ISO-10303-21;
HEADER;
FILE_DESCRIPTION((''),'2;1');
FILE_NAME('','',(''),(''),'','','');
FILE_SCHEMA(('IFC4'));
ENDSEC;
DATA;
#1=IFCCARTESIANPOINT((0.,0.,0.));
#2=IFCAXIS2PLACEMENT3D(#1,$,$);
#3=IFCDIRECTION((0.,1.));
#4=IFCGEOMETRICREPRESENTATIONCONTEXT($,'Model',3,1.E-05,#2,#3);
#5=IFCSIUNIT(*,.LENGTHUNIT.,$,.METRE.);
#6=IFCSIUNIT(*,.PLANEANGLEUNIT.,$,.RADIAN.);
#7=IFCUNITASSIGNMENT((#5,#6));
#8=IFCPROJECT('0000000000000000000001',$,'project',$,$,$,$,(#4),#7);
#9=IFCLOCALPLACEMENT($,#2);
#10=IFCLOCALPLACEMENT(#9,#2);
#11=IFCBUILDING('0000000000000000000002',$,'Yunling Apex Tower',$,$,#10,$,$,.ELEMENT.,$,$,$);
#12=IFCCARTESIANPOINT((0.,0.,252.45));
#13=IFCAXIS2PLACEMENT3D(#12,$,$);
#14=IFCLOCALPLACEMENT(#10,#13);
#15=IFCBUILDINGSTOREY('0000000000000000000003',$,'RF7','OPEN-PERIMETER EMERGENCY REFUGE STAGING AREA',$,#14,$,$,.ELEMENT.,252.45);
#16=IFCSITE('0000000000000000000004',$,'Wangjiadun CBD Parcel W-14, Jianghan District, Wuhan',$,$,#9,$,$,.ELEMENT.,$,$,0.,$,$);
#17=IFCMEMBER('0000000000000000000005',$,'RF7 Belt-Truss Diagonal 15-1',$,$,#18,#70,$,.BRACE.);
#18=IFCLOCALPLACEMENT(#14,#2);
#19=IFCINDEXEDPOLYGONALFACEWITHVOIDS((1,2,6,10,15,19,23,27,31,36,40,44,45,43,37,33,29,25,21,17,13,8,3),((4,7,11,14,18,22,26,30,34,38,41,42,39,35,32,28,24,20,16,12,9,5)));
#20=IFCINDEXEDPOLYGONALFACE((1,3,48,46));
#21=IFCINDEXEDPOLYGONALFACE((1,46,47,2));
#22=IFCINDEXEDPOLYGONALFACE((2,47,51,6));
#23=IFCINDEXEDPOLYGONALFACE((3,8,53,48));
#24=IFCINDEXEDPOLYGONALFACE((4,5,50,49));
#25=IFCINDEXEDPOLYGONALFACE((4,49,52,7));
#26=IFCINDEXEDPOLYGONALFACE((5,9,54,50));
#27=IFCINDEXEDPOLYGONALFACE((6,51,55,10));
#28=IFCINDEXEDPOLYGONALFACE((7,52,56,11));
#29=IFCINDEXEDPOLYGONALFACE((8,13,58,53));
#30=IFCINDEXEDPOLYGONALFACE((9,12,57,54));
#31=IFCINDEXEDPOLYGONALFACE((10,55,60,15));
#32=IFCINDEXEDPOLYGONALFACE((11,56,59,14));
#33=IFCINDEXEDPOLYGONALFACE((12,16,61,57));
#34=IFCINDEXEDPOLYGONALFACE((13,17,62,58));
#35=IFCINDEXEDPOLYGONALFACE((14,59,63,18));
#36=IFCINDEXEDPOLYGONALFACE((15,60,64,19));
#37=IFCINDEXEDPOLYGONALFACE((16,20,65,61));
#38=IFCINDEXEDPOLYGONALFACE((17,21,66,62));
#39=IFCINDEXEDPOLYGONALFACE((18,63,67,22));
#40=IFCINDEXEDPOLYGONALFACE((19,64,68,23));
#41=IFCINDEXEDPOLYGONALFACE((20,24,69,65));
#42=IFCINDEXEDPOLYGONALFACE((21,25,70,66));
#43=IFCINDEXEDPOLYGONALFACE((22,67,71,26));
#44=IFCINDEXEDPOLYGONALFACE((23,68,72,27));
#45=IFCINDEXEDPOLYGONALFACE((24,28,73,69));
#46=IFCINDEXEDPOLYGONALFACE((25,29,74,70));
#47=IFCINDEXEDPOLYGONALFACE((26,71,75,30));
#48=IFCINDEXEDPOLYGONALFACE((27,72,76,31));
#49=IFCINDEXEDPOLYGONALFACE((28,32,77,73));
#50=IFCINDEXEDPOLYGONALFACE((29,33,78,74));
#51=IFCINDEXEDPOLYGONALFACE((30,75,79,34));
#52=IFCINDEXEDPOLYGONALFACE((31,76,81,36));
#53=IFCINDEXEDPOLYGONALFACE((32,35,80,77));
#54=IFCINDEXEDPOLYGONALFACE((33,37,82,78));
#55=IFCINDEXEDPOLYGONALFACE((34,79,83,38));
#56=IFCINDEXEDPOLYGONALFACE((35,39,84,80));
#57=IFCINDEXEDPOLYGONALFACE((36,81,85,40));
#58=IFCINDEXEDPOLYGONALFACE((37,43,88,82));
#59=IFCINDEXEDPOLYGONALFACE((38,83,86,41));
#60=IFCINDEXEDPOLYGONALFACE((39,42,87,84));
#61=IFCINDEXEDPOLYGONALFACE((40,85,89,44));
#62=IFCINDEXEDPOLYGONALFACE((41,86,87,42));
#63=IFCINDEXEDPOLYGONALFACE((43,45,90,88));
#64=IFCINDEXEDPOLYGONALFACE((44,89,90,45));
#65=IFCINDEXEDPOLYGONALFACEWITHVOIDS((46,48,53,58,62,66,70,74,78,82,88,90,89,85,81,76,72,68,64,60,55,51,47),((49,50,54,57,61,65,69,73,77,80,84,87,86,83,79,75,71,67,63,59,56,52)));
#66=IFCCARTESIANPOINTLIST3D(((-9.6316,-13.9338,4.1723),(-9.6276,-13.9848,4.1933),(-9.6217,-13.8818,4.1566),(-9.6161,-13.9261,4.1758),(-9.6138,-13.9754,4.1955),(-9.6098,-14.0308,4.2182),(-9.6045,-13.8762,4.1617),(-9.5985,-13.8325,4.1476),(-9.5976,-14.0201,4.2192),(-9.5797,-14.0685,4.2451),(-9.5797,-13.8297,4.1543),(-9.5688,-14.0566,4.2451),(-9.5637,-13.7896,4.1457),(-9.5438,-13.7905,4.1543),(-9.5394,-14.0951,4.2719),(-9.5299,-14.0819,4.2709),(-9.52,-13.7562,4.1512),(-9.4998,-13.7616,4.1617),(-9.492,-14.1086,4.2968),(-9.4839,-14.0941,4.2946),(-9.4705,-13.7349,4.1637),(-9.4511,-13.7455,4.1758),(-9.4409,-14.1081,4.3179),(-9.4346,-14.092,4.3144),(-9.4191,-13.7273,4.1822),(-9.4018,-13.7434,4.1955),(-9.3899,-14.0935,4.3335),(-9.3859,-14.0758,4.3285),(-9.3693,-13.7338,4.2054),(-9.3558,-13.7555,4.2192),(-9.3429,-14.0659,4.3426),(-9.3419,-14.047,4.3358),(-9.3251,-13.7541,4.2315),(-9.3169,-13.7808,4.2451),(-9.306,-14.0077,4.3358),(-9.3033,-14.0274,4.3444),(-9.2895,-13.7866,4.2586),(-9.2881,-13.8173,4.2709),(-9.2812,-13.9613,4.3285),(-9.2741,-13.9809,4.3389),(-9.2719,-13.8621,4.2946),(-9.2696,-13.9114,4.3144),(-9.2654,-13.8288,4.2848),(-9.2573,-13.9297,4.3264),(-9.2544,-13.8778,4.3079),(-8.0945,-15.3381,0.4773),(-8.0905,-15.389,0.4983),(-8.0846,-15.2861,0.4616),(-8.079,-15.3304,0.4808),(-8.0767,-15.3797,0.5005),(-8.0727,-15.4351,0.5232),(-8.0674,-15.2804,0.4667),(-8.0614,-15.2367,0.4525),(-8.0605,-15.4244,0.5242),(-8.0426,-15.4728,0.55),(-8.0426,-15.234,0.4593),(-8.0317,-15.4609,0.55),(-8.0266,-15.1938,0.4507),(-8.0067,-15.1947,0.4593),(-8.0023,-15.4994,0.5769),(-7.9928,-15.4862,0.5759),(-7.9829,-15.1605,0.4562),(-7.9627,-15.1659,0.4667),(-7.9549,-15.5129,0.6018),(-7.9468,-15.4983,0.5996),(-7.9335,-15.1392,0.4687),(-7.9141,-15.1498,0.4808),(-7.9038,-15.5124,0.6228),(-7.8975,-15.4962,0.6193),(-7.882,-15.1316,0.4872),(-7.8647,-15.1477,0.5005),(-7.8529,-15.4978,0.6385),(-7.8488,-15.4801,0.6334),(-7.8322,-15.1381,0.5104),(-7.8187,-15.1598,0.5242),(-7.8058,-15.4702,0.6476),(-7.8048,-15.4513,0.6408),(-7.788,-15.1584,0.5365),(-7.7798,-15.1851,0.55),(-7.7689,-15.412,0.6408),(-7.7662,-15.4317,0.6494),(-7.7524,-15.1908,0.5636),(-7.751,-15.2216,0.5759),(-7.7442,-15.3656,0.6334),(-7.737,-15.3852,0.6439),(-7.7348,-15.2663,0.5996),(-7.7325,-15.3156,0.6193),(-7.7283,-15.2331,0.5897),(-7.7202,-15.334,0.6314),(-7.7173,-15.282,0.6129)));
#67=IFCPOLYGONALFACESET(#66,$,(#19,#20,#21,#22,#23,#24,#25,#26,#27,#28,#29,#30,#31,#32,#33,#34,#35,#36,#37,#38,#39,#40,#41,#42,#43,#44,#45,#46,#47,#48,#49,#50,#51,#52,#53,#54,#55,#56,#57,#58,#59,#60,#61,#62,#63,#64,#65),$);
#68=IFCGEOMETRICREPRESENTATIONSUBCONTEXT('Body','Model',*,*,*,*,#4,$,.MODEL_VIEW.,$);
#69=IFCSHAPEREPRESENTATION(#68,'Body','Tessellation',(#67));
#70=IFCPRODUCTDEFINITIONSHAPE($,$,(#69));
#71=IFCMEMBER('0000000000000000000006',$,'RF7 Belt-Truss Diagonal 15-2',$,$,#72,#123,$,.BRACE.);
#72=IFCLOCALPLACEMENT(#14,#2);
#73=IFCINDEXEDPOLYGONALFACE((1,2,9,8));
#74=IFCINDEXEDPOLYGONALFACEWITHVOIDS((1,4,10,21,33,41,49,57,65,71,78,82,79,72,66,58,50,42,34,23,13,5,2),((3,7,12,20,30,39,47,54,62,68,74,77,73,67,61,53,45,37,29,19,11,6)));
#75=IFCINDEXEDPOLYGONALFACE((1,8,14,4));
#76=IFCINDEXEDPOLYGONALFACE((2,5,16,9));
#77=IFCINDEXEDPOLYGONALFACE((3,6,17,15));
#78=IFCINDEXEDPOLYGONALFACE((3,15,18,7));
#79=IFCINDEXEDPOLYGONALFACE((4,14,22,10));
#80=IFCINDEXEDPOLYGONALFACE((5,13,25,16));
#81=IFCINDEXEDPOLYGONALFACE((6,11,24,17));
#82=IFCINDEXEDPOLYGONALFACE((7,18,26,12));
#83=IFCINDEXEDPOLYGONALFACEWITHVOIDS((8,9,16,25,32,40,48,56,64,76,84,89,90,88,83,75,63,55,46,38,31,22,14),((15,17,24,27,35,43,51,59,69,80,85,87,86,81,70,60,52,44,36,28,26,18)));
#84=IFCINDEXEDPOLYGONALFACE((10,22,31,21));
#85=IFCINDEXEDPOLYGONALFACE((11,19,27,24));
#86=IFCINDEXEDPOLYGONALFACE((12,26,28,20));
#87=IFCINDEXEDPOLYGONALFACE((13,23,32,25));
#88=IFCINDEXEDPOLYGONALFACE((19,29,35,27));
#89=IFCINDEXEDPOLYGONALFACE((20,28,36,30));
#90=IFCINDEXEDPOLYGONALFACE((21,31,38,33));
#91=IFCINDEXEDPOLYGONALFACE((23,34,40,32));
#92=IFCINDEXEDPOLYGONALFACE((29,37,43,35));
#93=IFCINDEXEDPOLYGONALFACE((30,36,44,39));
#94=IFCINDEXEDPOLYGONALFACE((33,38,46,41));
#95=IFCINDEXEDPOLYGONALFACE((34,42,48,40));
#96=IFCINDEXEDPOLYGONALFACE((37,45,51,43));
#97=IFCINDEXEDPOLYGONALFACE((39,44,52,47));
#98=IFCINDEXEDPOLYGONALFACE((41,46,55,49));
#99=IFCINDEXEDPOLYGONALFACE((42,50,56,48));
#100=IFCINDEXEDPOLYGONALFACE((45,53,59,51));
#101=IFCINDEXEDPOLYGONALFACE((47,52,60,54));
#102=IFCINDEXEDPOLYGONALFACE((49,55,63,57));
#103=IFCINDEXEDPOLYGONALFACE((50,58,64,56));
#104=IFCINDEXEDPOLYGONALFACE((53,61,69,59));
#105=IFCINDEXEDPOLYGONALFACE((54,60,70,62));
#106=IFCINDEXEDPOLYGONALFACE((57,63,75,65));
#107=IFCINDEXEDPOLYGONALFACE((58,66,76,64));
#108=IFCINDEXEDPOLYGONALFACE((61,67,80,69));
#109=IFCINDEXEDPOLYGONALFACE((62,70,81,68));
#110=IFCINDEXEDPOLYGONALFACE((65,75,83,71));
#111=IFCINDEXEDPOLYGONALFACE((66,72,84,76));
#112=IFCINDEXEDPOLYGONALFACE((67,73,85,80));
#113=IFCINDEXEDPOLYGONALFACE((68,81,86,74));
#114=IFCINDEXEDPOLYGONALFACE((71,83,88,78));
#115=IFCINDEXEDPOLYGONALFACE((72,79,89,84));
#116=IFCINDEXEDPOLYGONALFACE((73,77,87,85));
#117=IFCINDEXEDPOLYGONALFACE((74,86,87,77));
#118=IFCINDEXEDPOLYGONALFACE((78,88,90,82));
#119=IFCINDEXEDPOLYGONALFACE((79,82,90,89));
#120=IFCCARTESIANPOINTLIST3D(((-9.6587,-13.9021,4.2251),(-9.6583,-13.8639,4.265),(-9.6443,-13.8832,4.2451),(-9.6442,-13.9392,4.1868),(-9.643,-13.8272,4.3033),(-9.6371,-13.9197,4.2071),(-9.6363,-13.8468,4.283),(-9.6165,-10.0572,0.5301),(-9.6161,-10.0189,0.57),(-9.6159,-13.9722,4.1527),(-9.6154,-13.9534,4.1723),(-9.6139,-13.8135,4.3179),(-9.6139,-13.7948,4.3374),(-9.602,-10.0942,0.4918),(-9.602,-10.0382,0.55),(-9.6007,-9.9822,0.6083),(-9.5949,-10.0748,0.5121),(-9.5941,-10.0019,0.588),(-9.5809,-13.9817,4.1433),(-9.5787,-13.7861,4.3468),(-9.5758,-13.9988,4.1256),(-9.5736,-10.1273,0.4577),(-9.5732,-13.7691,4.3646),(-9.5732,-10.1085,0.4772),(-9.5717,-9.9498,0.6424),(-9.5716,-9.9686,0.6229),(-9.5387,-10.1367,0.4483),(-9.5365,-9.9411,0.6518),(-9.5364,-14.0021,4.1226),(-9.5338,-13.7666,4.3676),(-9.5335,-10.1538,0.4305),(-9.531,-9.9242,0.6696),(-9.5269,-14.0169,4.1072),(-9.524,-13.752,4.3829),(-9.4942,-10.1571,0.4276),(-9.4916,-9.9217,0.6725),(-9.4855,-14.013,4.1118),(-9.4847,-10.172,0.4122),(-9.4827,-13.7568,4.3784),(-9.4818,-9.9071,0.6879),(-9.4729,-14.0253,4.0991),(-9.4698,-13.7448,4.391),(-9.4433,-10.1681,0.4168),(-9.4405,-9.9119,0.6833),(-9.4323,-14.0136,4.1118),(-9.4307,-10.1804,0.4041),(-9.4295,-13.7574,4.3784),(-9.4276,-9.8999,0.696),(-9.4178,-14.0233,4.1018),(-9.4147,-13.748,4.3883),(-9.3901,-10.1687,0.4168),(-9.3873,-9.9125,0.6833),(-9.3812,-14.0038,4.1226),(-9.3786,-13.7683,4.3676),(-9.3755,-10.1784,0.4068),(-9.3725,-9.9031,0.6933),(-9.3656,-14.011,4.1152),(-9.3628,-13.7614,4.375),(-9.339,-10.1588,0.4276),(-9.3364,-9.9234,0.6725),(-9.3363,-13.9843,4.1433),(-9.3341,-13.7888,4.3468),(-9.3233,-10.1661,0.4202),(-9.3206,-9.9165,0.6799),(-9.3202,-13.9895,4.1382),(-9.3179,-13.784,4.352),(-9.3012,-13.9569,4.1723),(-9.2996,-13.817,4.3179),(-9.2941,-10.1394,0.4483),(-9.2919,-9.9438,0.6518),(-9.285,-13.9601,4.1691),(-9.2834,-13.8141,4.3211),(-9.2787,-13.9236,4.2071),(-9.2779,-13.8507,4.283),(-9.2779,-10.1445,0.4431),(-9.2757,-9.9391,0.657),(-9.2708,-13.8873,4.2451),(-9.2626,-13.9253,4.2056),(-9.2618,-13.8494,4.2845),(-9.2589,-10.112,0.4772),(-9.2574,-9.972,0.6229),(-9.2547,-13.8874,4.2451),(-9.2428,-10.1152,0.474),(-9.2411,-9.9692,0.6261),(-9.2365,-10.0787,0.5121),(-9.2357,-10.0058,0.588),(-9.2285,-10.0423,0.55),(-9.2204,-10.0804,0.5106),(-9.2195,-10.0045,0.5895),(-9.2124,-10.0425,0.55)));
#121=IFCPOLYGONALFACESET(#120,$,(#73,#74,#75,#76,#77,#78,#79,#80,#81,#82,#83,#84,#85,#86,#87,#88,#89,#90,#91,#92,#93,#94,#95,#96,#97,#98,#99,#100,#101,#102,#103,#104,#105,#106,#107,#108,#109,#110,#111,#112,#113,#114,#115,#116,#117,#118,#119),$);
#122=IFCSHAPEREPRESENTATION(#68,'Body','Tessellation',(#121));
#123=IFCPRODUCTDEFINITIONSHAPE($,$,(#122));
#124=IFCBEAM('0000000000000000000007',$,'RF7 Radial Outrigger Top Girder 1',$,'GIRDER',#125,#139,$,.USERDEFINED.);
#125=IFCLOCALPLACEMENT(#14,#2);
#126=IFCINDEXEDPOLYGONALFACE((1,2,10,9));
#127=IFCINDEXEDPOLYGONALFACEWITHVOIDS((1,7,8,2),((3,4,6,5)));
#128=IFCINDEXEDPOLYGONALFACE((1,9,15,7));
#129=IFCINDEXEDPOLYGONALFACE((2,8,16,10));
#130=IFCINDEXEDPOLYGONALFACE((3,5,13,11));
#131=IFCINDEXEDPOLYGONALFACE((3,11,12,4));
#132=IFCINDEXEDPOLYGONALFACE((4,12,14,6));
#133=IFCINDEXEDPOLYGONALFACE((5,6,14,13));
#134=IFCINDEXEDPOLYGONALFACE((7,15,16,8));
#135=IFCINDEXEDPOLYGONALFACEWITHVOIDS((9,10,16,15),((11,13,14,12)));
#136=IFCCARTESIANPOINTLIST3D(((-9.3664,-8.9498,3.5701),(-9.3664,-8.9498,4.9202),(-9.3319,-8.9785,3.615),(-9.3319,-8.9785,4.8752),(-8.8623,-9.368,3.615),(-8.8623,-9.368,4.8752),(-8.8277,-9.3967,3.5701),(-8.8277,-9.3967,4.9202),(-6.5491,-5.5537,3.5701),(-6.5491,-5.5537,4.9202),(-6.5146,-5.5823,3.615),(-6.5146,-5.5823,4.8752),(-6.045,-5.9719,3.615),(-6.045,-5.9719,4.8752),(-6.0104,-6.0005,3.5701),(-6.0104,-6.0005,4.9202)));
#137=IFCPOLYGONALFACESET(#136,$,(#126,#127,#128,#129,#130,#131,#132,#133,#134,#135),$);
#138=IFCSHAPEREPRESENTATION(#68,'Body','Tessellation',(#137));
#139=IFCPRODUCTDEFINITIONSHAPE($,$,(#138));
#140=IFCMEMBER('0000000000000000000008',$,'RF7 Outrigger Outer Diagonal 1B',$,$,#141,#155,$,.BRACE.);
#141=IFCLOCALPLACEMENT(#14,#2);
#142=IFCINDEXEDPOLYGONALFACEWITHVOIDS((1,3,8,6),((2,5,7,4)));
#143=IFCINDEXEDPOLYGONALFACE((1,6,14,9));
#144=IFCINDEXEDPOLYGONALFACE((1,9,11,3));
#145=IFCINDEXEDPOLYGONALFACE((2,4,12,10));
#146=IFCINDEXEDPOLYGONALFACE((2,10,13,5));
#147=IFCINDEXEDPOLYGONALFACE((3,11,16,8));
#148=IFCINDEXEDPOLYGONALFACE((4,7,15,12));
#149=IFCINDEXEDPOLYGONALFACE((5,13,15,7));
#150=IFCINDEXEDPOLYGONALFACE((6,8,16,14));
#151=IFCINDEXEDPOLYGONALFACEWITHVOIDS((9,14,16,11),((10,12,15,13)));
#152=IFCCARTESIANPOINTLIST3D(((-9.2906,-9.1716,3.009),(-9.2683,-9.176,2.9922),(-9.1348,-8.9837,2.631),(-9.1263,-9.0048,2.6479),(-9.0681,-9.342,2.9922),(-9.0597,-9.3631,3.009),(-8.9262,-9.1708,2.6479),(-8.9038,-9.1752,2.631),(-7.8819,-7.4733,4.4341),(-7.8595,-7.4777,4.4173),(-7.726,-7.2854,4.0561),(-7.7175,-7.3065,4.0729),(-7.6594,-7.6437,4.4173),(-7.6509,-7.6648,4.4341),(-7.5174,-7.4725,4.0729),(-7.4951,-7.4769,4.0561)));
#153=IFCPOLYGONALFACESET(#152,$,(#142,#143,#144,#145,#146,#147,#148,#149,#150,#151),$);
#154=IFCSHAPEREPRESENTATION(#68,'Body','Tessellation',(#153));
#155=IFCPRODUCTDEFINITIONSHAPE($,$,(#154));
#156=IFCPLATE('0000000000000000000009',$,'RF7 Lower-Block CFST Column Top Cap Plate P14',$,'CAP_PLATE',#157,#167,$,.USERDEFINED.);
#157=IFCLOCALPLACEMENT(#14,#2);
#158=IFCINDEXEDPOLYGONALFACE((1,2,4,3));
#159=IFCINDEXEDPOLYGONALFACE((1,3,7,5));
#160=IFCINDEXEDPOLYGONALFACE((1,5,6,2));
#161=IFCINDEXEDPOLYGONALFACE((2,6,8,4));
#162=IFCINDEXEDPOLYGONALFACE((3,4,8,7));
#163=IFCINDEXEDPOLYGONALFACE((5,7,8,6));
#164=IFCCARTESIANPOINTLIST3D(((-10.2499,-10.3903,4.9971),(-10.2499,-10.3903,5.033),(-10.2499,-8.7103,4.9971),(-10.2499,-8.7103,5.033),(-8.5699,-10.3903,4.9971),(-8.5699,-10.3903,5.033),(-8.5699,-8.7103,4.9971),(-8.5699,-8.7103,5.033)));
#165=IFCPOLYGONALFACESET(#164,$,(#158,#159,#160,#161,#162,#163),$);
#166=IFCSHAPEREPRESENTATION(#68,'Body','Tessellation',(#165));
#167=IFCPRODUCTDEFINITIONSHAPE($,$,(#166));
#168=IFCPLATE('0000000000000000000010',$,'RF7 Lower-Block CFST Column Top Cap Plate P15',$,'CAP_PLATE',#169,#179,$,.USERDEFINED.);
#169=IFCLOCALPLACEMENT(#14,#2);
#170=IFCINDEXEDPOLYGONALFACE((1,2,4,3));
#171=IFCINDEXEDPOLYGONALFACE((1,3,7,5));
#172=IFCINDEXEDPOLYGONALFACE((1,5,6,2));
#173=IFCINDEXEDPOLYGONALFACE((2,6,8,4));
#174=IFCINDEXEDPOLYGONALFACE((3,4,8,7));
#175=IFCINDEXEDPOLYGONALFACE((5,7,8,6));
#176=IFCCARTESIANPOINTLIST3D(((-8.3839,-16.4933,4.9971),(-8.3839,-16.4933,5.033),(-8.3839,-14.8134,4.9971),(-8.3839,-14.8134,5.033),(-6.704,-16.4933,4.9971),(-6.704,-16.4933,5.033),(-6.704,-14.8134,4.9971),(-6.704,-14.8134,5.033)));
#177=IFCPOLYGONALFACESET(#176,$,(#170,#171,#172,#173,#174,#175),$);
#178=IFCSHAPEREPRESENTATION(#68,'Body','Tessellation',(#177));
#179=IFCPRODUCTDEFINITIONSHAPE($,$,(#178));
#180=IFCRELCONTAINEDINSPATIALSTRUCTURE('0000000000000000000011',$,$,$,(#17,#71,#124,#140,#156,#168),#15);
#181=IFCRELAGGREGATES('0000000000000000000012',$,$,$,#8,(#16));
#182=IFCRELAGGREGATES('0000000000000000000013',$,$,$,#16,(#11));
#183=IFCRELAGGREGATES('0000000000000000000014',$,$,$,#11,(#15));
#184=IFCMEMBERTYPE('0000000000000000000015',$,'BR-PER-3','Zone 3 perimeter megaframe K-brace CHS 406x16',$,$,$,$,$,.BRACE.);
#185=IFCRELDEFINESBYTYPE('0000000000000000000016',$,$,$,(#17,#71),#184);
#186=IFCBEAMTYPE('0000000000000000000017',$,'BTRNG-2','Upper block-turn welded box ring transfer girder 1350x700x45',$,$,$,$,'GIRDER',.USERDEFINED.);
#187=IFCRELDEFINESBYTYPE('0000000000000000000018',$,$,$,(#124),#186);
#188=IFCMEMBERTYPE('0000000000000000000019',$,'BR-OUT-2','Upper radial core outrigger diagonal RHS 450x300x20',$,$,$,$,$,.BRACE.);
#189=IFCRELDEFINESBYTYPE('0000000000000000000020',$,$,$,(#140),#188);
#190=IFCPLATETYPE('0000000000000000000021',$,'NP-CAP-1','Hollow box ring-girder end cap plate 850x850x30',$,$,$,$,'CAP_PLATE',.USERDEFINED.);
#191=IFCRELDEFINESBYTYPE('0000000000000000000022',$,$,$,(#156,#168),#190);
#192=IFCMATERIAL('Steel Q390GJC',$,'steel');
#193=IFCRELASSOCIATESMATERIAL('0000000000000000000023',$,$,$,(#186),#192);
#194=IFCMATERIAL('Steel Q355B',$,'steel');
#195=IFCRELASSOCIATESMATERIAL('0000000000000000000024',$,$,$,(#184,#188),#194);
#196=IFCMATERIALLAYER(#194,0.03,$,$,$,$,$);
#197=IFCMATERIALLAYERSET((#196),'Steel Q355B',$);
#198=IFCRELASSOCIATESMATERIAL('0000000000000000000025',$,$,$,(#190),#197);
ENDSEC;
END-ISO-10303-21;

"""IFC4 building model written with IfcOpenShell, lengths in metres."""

from ifc_helpers import new_model, si_unit, direction, frame, origin, origin_2d, place, context, subcontext, project, spatial, rectangle, hollow_rectangle, hollow_circle, extrude, source, transform, mapped, material, layer, layer_set, material_profile, profile_set, type_object, element, save


model = new_model("IFC4")

# Units and contexts
model_context = context("Model", 3, precision=1e-05, world=origin(), true_north=direction((0.0, 1.0)))
body_context = subcontext(model_context, "Body", "Model", "MODEL_VIEW")
ifc_project = project(units=[si_unit("LENGTHUNIT", "METRE"), si_unit("PLANEANGLEUNIT", "RADIAN")], contexts=[model_context])

# Site, building, storey
site_placement = place(None, origin())
site = spatial("IfcSite", under=ifc_project, at=site_placement, Name="Wangjiadun CBD Parcel W-14, Jianghan District, Wuhan", CompositionType="ELEMENT", RefElevation=0.0)
building_placement = place(site_placement, origin())
building = spatial("IfcBuilding", under=site, at=building_placement, Name="Yunling Apex Tower", CompositionType="ELEMENT")
storey_placement = place(building_placement, frame((0.0, 0.0, 252.45)))
storey = spatial("IfcBuildingStorey", under=building, at=storey_placement, Name="RF7", Description="OPEN-PERIMETER EMERGENCY REFUGE STAGING AREA", CompositionType="ELEMENT", Elevation=252.45)

# Shared definitions
ifc_material_1 = material(Name="Steel Q390GJC", Category="steel")

# Shared definitions
ifc_material_profile_1 = material_profile(ifc_material_1, hollow_rectangle(XDim=0.7, YDim=1.3501, WallThickness=0.0449, at=origin_2d()))
ifc_profile_set_1 = profile_set([ifc_material_profile_1], Name="Steel Q390GJC")
beam_type = type_object("IfcBeamType", Name="BTRNG-2", Description="Upper block-turn welded box ring transfer girder 1350x700x45", ElementType="GIRDER", PredefinedType="USERDEFINED", material=ifc_profile_set_1)

# Shared definitions
ifc_material_2 = material(Name="Steel Q355B", Category="steel")

# Members
ifc_material_profile_2 = material_profile(ifc_material_2, hollow_circle(Radius=0.2029, WallThickness=0.0161, at=origin_2d()))
ifc_profile_set_2 = profile_set([ifc_material_profile_2], Name="Steel Q355B")
member_type_1 = type_object("IfcMemberType", Name="BR-PER-3", Description="Zone 3 perimeter megaframe K-brace CHS 406x16", PredefinedType="BRACE", material=ifc_profile_set_2)
shared_shape_1 = source(origin(), body_context, "Body", "SweptSolid", [
    extrude(hollow_circle(Radius=0.2029, WallThickness=0.0161, at=origin_2d()), origin(), (0.0, 0.0, 1.0), 4.2412),
])
member_1_placement = place(storey_placement, frame((-7.9058, -15.323, 0.55), z_axis=(-0.362418, 0.331104, 0.87122), x_axis=(-0.674492, -0.738282, 0.0)))
element("IfcMember", 1, at=member_1_placement, inside=storey, type_object=member_type_1, Name="RF7 Belt-Truss Diagonal 15-1", PredefinedType="BRACE", context=body_context, shape_type="MappedRepresentation", body=[
    mapped(shared_shape_1, transform((0.0, 0.0, 0.0), scale=1.0)),
])
shared_shape_2 = source(origin(), body_context, "Body", "SweptSolid", [
    extrude(hollow_circle(Radius=0.2029, WallThickness=0.0161, at=origin_2d()), origin(), (0.0, 0.0, 1.0), 5.3328),
])
member_2_placement = place(storey_placement, frame((-9.4153, -10.0403, 0.55), z_axis=(-0.00792, -0.721, 0.69289), x_axis=(0.99994, -0.010984, 0.0)))
element("IfcMember", 2, at=member_2_placement, inside=storey, type_object=member_type_1, Name="RF7 Belt-Truss Diagonal 15-2", PredefinedType="BRACE", context=body_context, shape_type="MappedRepresentation", body=[
    mapped(shared_shape_2, transform((0.0, 0.0, 0.0), scale=1.0)),
])

# Beam
shared_shape_3 = source(origin(), body_context, "Body", "SweptSolid", [
    extrude(hollow_rectangle(XDim=0.7, YDim=1.3501, WallThickness=0.0449, at=origin_2d()), origin(), (0.0, 0.0, 1.0), 4.4126),
])
beam_1_placement = place(storey_placement, frame((-6.2798, -5.7771, 4.2451), z_axis=(-0.638469, -0.769648, 0.0), x_axis=(0.769648, -0.638469, 0.0)))
element("IfcBeam", 3, at=beam_1_placement, inside=storey, type_object=beam_type, Name="RF7 Radial Outrigger Top Girder 1", ObjectType="GIRDER", PredefinedType="USERDEFINED", context=body_context, shape_type="MappedRepresentation", body=[
    mapped(shared_shape_3, transform((0.0, 0.0, 0.0), scale=1.0)),
])

# Member
ifc_material_profile_3 = material_profile(ifc_material_2, hollow_rectangle(XDim=0.3, YDim=0.45, WallThickness=0.02, at=origin_2d()))
ifc_profile_set_3 = profile_set([ifc_material_profile_3], Name="Steel Q355B")
member_type_2 = type_object("IfcMemberType", Name="BR-OUT-2", Description="Upper radial core outrigger diagonal RHS 450x300x20", PredefinedType="BRACE", material=ifc_profile_set_3)
shared_shape_4 = source(origin(), body_context, "Body", "SweptSolid", [
    extrude(hollow_rectangle(XDim=0.3, YDim=0.45, WallThickness=0.02, at=origin_2d()), origin(), (0.0, 0.0, 1.0), 2.6267),
])
member_3_placement = place(storey_placement, frame((-7.6885, -7.4751, 4.2451), z_axis=(-0.536311, -0.646547, -0.542538), x_axis=(0.76967, -0.638441, 0.0)))
element("IfcMember", 4, at=member_3_placement, inside=storey, type_object=member_type_2, Name="RF7 Outrigger Outer Diagonal 1B", PredefinedType="BRACE", context=body_context, shape_type="MappedRepresentation", body=[
    mapped(shared_shape_4, transform((0.0, 0.0, 0.0), scale=1.0)),
])

# Plates
ifc_layer_1 = layer(ifc_material_2, 0.03)
ifc_layer_set_1 = layer_set([ifc_layer_1], Name="Steel Q355B")
plate_type_1 = type_object("IfcPlateType", Name="NP-CAP-1", Description="Hollow box ring-girder end cap plate 850x850x30", ElementType="CAP_PLATE", PredefinedType="USERDEFINED", material=ifc_layer_set_1)
shared_shape_5 = source(origin(), body_context, "Body", "SweptSolid", [
    extrude(rectangle(XDim=1.6799, YDim=1.6799, at=origin_2d()), origin(), (0.0, 0.0, 1.0), 0.0359),
])
for number, where, z_axis, x_axis, name in (
    (5, (-9.4099, -9.5503, 4.9971), (0.0, 0.0, 1.0), (1.0, 0.0, 0.0), "RF7 Lower-Block CFST Column Top Cap Plate P14"),
    (6, (-7.5439, -15.6533, 4.9971), (0.0, 0.0, 1.0), (1.0, 0.0, 0.0), "RF7 Lower-Block CFST Column Top Cap Plate P15"),
):
    element("IfcPlate", number, at=place(storey_placement, frame(where, z_axis=z_axis, x_axis=x_axis)), inside=storey, type_object=plate_type_1, Name=name, ObjectType="CAP_PLATE", PredefinedType="USERDEFINED", context=body_context, shape_type="MappedRepresentation", body=[
        mapped(shared_shape_5, transform((0.0, 0.0, 0.0), scale=1.0)),
    ])

save(model, "model.ifc")
